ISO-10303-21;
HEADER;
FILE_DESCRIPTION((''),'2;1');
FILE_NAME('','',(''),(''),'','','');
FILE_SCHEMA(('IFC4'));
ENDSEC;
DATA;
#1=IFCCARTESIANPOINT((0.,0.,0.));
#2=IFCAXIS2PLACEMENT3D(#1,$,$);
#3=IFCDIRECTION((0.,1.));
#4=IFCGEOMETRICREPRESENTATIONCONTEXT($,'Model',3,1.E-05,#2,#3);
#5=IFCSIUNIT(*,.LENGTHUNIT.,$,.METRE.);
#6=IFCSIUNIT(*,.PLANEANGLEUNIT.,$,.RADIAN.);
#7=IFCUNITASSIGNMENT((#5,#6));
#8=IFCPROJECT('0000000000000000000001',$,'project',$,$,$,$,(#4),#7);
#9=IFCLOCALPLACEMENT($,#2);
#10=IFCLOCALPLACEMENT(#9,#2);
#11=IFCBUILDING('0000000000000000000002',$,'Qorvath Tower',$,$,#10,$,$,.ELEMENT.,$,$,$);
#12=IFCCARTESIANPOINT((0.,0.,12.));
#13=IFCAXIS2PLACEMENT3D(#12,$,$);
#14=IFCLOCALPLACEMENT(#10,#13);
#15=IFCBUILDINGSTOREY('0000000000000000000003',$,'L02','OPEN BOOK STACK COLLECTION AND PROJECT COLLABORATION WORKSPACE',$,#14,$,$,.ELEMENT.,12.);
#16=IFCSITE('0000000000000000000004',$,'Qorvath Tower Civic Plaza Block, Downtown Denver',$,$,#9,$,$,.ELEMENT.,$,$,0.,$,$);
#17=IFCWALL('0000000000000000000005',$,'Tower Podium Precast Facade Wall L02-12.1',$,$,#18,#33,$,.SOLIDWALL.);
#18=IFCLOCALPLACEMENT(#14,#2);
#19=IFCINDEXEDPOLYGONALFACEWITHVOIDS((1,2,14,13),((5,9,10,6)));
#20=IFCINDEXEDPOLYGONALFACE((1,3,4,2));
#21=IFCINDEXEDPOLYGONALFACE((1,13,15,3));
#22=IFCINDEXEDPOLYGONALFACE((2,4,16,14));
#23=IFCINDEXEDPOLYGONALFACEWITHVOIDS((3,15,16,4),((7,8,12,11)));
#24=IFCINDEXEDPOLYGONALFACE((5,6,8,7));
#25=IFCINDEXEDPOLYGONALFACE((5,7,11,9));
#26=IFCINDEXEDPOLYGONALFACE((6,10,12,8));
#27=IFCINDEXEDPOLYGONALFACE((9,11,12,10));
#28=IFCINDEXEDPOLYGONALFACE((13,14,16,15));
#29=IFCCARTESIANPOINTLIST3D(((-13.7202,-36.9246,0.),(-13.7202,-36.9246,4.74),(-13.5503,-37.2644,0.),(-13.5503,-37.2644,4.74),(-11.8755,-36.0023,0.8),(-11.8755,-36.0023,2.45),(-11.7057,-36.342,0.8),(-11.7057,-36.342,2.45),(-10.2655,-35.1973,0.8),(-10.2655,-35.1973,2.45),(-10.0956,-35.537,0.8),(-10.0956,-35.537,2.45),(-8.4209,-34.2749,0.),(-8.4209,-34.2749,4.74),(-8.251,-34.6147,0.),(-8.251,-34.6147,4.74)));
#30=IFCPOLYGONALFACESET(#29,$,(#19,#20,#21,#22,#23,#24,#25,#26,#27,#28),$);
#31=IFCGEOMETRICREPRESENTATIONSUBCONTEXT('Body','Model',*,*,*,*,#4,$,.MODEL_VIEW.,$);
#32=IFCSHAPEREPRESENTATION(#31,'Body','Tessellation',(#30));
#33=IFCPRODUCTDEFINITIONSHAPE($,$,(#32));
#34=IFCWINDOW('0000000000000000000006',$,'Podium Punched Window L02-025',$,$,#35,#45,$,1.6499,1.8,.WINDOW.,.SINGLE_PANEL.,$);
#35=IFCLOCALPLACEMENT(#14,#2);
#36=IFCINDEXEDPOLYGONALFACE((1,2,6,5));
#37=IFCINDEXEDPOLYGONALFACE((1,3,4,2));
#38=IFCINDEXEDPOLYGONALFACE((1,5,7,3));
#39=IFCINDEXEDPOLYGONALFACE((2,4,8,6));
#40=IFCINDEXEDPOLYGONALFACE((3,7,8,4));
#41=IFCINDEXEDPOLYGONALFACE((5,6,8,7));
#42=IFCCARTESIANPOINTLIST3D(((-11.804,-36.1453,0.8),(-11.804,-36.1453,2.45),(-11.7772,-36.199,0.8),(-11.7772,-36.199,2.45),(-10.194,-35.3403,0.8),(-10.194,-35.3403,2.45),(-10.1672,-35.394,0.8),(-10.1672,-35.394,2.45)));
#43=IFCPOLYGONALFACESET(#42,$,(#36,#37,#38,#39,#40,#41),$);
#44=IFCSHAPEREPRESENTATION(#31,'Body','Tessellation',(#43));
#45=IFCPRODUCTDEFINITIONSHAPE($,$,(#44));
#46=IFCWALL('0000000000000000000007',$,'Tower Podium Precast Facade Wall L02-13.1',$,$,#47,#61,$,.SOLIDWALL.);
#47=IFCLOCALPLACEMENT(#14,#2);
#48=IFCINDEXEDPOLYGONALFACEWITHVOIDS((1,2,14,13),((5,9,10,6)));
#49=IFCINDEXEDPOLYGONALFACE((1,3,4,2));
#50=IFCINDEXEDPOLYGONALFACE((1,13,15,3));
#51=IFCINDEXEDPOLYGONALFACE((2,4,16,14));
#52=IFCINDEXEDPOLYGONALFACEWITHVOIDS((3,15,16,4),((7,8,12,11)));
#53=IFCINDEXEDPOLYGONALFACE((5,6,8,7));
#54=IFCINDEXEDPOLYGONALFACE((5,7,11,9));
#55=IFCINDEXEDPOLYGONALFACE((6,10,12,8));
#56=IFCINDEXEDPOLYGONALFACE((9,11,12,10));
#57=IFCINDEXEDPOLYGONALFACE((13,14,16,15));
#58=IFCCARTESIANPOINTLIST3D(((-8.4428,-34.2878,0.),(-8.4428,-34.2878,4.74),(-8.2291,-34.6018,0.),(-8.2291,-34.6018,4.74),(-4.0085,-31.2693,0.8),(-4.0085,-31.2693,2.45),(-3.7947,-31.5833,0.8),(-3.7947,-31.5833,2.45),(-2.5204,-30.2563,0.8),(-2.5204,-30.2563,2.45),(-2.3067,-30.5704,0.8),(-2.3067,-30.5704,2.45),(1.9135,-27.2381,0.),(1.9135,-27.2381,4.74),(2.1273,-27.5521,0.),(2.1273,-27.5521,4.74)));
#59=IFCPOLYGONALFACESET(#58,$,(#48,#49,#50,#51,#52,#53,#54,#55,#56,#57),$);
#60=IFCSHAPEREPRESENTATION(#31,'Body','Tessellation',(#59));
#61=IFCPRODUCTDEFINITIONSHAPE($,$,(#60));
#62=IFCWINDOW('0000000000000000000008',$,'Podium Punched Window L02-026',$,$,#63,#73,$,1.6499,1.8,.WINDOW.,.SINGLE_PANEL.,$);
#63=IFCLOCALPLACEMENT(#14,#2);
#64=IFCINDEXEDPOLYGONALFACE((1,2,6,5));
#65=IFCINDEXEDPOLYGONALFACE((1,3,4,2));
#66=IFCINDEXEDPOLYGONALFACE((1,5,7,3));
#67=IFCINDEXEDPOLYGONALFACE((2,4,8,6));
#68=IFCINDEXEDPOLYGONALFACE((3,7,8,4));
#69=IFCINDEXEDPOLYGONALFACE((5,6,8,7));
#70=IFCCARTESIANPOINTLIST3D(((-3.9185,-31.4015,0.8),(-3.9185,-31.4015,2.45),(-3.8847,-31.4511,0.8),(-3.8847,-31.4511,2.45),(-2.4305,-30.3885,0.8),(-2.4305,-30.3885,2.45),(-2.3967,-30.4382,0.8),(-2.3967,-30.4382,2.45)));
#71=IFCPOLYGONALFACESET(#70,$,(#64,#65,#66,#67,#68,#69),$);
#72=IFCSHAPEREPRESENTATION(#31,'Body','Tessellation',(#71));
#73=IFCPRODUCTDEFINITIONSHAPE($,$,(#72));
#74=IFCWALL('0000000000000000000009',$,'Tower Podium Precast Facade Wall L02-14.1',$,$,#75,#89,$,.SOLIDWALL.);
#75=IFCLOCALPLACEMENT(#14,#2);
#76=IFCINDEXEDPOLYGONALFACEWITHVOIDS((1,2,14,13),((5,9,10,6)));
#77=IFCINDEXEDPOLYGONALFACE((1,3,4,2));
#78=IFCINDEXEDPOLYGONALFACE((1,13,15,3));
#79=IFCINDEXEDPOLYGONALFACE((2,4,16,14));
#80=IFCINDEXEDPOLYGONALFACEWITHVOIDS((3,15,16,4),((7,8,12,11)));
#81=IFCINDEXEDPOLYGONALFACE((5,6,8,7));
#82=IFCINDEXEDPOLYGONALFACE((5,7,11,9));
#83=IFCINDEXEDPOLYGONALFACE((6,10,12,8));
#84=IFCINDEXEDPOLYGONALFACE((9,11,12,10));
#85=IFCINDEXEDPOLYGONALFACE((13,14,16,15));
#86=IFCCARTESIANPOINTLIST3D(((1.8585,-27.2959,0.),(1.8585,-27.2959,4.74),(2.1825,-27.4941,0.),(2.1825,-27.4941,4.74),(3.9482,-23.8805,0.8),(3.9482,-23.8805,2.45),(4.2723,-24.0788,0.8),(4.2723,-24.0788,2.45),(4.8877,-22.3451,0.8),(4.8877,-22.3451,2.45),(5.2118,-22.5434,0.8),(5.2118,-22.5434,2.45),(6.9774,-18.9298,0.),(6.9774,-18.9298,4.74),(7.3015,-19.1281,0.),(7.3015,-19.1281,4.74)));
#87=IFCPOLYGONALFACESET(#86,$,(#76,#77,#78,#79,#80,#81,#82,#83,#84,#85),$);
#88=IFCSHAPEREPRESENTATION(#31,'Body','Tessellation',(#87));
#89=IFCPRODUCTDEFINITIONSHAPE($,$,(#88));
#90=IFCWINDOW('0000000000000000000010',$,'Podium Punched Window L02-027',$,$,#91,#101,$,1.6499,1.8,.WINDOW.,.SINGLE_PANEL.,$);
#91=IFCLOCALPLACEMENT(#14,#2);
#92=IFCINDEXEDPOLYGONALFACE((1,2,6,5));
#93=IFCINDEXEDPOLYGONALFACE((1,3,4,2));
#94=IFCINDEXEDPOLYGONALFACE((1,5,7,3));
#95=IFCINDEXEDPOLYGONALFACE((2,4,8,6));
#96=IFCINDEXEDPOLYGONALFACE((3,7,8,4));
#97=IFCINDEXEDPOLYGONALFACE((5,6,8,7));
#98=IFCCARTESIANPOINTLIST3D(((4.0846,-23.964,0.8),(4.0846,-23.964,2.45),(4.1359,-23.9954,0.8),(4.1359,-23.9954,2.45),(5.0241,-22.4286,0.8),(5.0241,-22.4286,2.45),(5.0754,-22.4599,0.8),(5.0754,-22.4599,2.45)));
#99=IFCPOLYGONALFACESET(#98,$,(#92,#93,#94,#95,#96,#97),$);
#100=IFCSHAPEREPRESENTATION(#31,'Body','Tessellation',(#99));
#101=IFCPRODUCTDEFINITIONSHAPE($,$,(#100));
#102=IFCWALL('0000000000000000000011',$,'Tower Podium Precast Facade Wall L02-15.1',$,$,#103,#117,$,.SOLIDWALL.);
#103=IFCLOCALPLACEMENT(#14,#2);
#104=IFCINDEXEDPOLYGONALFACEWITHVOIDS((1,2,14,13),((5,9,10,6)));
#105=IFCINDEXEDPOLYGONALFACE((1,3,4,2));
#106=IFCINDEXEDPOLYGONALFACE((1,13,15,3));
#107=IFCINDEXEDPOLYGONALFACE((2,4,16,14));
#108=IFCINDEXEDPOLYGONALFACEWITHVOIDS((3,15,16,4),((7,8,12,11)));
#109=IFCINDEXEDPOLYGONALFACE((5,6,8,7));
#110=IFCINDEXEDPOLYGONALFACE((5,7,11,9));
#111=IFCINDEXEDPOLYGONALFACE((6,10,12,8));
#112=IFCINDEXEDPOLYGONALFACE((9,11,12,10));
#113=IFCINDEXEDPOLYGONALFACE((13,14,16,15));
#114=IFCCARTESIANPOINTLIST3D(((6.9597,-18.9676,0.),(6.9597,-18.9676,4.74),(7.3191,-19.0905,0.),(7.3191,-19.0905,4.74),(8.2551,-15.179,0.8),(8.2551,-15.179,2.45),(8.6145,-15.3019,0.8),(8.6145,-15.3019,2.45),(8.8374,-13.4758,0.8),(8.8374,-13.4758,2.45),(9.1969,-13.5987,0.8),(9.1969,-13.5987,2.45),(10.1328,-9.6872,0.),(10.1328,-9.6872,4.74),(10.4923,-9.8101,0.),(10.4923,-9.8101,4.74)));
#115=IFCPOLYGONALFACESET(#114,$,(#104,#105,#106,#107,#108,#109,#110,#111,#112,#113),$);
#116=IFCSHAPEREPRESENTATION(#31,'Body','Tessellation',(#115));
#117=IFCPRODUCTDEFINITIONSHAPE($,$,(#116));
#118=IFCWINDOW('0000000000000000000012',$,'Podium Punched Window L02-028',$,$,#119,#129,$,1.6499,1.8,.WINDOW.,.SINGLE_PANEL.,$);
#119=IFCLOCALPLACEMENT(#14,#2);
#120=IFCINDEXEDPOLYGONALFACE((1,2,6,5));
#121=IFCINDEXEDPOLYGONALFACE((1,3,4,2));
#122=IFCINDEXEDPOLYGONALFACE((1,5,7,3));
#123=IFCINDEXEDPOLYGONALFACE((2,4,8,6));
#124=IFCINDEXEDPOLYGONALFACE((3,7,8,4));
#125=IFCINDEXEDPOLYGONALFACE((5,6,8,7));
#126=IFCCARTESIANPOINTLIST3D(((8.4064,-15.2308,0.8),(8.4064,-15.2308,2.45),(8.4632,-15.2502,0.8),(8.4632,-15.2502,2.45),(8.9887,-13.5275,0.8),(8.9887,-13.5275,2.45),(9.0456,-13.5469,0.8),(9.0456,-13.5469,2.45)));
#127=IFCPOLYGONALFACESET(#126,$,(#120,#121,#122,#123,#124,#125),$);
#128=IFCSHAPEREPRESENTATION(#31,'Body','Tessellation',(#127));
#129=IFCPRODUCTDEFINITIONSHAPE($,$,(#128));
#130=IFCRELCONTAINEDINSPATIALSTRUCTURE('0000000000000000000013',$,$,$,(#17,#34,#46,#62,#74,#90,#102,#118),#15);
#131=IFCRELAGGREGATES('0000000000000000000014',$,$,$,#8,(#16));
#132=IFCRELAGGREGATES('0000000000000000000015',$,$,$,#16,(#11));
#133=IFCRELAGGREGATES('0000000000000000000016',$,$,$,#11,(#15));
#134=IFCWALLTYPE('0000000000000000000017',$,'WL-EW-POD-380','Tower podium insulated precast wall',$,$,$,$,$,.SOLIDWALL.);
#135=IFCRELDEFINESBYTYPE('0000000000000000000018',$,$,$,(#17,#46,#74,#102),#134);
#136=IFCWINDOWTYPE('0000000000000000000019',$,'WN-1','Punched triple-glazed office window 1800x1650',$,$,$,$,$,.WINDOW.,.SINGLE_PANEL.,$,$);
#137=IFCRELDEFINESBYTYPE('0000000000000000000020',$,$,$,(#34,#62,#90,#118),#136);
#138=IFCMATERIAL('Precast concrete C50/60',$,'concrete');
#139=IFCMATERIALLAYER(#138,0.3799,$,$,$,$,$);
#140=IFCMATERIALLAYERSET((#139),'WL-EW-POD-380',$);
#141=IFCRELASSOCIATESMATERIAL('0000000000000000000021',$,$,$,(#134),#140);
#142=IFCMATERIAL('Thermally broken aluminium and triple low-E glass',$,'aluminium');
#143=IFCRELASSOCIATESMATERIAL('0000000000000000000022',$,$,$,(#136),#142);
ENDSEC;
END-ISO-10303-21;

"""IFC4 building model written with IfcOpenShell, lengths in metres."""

from ifc_helpers import new_model, si_unit, direction, frame, frame_2d, origin, place, context, subcontext, project, spatial, rectangle, extrude, material, layer, layer_set, type_object, element, fill, save


model = new_model("IFC4")

# Units and contexts
model_context = context("Model", 3, precision=1e-05, world=origin(), true_north=direction((0.0, 1.0)))
body_context = subcontext(model_context, "Body", "Model", "MODEL_VIEW")
ifc_project = project(units=[si_unit("LENGTHUNIT", "METRE"), si_unit("PLANEANGLEUNIT", "RADIAN")], contexts=[model_context])

# Site, building, storey
site_placement = place(None, origin())
site = spatial("IfcSite", under=ifc_project, at=site_placement, Name="Qorvath Tower Civic Plaza Block, Downtown Denver", CompositionType="ELEMENT", RefElevation=0.0)
building_placement = place(site_placement, origin())
building = spatial("IfcBuilding", under=site, at=building_placement, Name="Qorvath Tower", CompositionType="ELEMENT")
storey_placement = place(building_placement, frame((0.0, 0.0, 12.0)))
storey = spatial("IfcBuildingStorey", under=building, at=storey_placement, Name="L02", Description="OPEN BOOK STACK COLLECTION AND PROJECT COLLABORATION WORKSPACE", CompositionType="ELEMENT", Elevation=12.0)

# Walls, openings, windows
ifc_material_1 = material(Name="Precast concrete C50/60", Category="concrete")
ifc_layer_1 = layer(ifc_material_1, 0.3799)
ifc_layer_set_1 = layer_set([ifc_layer_1], Name="WL-EW-POD-380")
wall_type_1 = type_object("IfcWallType", Name="WL-EW-POD-380", Description="Tower podium insulated precast wall", PredefinedType="SOLIDWALL", material=ifc_layer_set_1)
ifc_material_2 = material(Name="Thermally broken aluminium and triple low-E glass", Category="aluminium")
window_type_1 = type_object("IfcWindowType", Name="WN-1", Description="Punched triple-glazed office window 1800x1650", PartitioningType="SINGLE_PANEL", PredefinedType="WINDOW", material=ifc_material_2)
wall_1_placement = place(storey_placement, frame((-8.3359, -34.4448, 0.0), z_axis=(0.0, 0.0, 1.0), x_axis=(-0.894427, -0.447214, 0.0)))
wall_1 = element("IfcWall", 1, at=wall_1_placement, inside=storey, type_object=wall_type_1, Name="Tower Podium Precast Facade Wall L02-12.1", PredefinedType="SOLIDWALL", context=body_context, shape_type="SweptSolid", body=[
    extrude(rectangle(XDim=5.9248, YDim=0.3799, at=frame_2d((2.9624, 0.0))), origin(), (0.0, 0.0, 1.0), 4.74),
])
opening_1_placement = place(wall_1_placement, frame((2.0625, 0.0, 0.8)))
opening_1 = element("IfcOpeningElement", 2, at=opening_1_placement, cuts=wall_1, PredefinedType="OPENING", context=body_context, shape_type="SweptSolid", body=[
    extrude(rectangle(XDim=1.8, YDim=1.6499, at=frame_2d((0.8999, 0.825))), frame((0.0, 0.2, 0.0), z_axis=(0.0, -1.0, 0.0), x_axis=(1.0, 0.0, 0.0)), (0.0, 0.0, 1.0), 0.3999),
])
window_1_placement = place(opening_1_placement, origin())
window_1 = element("IfcWindow", 3, at=window_1_placement, inside=storey, type_object=window_type_1, Name="Podium Punched Window L02-025", OverallHeight=1.6499, OverallWidth=1.8, PartitioningType="SINGLE_PANEL", PredefinedType="WINDOW", context=body_context, shape_type="SweptSolid", body=[
    extrude(rectangle(XDim=1.8, YDim=1.6499, at=frame_2d((0.8999, 0.825))), frame((0.0, 0.03, 0.0), z_axis=(0.0, -1.0, 0.0), x_axis=(1.0, 0.0, 0.0)), (0.0, 0.0, 1.0), 0.0601),
])
fill(opening_1, window_1)
wall_2_placement = place(storey_placement, frame((2.0205, -27.395, 0.0), z_axis=(0.0, 0.0, 1.0), x_axis=(-0.826651, -0.562715, 0.0)))
wall_2 = element("IfcWall", 4, at=wall_2_placement, inside=storey, type_object=wall_type_1, Name="Tower Podium Precast Facade Wall L02-13.1", PredefinedType="SOLIDWALL", context=body_context, shape_type="SweptSolid", body=[
    extrude(rectangle(XDim=12.5281, YDim=0.3799, at=frame_2d((6.2642, 0.0))), origin(), (0.0, 0.0, 1.0), 4.74),
])
opening_2_placement = place(wall_2_placement, frame((5.364, 0.0, 0.8)))
opening_2 = element("IfcOpeningElement", 5, at=opening_2_placement, cuts=wall_2, PredefinedType="OPENING", context=body_context, shape_type="SweptSolid", body=[
    extrude(rectangle(XDim=1.8, YDim=1.6499, at=frame_2d((0.8999, 0.825))), frame((0.0, 0.2, 0.0), z_axis=(0.0, -1.0, 0.0), x_axis=(1.0, 0.0, 0.0)), (0.0, 0.0, 1.0), 0.3999),
])
window_2_placement = place(opening_2_placement, origin())
window_2 = element("IfcWindow", 6, at=window_2_placement, inside=storey, type_object=window_type_1, Name="Podium Punched Window L02-026", OverallHeight=1.6499, OverallWidth=1.8, PartitioningType="SINGLE_PANEL", PredefinedType="WINDOW", context=body_context, shape_type="SweptSolid", body=[
    extrude(rectangle(XDim=1.8, YDim=1.6499, at=frame_2d((0.8999, 0.825))), frame((0.0, 0.03, 0.0), z_axis=(0.0, -1.0, 0.0), x_axis=(1.0, 0.0, 0.0)), (0.0, 0.0, 1.0), 0.0601),
])
fill(opening_2, window_2)
wall_3_placement = place(storey_placement, frame((7.1394, -19.0291, 0.0), z_axis=(0.0, 0.0, 1.0), x_axis=(-0.521922, -0.852993, 0.0)))
wall_3 = element("IfcWall", 7, at=wall_3_placement, inside=storey, type_object=wall_type_1, Name="Tower Podium Precast Facade Wall L02-14.1", PredefinedType="SOLIDWALL", context=body_context, shape_type="SweptSolid", body=[
    extrude(rectangle(XDim=9.8079, YDim=0.3799, at=frame_2d((4.9038, 0.0))), origin(), (0.0, 0.0, 1.0), 4.74),
])
opening_3_placement = place(wall_3_placement, frame((4.0039, 0.0, 0.8)))
opening_3 = element("IfcOpeningElement", 8, at=opening_3_placement, cuts=wall_3, PredefinedType="OPENING", context=body_context, shape_type="SweptSolid", body=[
    extrude(rectangle(XDim=1.8, YDim=1.6499, at=frame_2d((0.8999, 0.825))), frame((0.0, 0.2, 0.0), z_axis=(0.0, -1.0, 0.0), x_axis=(1.0, 0.0, 0.0)), (0.0, 0.0, 1.0), 0.3999),
])
window_3_placement = place(opening_3_placement, origin())
window_3 = element("IfcWindow", 9, at=window_3_placement, inside=storey, type_object=window_type_1, Name="Podium Punched Window L02-027", OverallHeight=1.6499, OverallWidth=1.8, PartitioningType="SINGLE_PANEL", PredefinedType="WINDOW", context=body_context, shape_type="SweptSolid", body=[
    extrude(rectangle(XDim=1.8, YDim=1.6499, at=frame_2d((0.8999, 0.825))), frame((0.0, 0.03, 0.0), z_axis=(0.0, -1.0, 0.0), x_axis=(1.0, 0.0, 0.0)), (0.0, 0.0, 1.0), 0.0601),
])
fill(opening_3, window_3)
wall_4_placement = place(storey_placement, frame((10.3125, -9.7488, 0.0), z_axis=(0.0, 0.0, 1.0), x_axis=(-0.323529, -0.946218, 0.0)))
wall_4 = element("IfcWall", 10, at=wall_4_placement, inside=storey, type_object=wall_type_1, Name="Tower Podium Precast Facade Wall L02-15.1", PredefinedType="SOLIDWALL", context=body_context, shape_type="SweptSolid", body=[
    extrude(rectangle(XDim=9.8079, YDim=0.3799, at=frame_2d((4.9038, 0.0))), origin(), (0.0, 0.0, 1.0), 4.74),
])
opening_4_placement = place(wall_4_placement, frame((4.0039, 0.0, 0.8)))
opening_4 = element("IfcOpeningElement", 11, at=opening_4_placement, cuts=wall_4, PredefinedType="OPENING", context=body_context, shape_type="SweptSolid", body=[
    extrude(rectangle(XDim=1.8, YDim=1.6499, at=frame_2d((0.8999, 0.825))), frame((0.0, 0.2, 0.0), z_axis=(0.0, -1.0, 0.0), x_axis=(1.0, 0.0, 0.0)), (0.0, 0.0, 1.0), 0.3999),
])
window_4_placement = place(opening_4_placement, origin())
window_4 = element("IfcWindow", 12, at=window_4_placement, inside=storey, type_object=window_type_1, Name="Podium Punched Window L02-028", OverallHeight=1.6499, OverallWidth=1.8, PartitioningType="SINGLE_PANEL", PredefinedType="WINDOW", context=body_context, shape_type="SweptSolid", body=[
    extrude(rectangle(XDim=1.8, YDim=1.6499, at=frame_2d((0.8999, 0.825))), frame((0.0, 0.03, 0.0), z_axis=(0.0, -1.0, 0.0), x_axis=(1.0, 0.0, 0.0)), (0.0, 0.0, 1.0), 0.0601),
])
fill(opening_4, window_4)

save(model, "model.ifc")
